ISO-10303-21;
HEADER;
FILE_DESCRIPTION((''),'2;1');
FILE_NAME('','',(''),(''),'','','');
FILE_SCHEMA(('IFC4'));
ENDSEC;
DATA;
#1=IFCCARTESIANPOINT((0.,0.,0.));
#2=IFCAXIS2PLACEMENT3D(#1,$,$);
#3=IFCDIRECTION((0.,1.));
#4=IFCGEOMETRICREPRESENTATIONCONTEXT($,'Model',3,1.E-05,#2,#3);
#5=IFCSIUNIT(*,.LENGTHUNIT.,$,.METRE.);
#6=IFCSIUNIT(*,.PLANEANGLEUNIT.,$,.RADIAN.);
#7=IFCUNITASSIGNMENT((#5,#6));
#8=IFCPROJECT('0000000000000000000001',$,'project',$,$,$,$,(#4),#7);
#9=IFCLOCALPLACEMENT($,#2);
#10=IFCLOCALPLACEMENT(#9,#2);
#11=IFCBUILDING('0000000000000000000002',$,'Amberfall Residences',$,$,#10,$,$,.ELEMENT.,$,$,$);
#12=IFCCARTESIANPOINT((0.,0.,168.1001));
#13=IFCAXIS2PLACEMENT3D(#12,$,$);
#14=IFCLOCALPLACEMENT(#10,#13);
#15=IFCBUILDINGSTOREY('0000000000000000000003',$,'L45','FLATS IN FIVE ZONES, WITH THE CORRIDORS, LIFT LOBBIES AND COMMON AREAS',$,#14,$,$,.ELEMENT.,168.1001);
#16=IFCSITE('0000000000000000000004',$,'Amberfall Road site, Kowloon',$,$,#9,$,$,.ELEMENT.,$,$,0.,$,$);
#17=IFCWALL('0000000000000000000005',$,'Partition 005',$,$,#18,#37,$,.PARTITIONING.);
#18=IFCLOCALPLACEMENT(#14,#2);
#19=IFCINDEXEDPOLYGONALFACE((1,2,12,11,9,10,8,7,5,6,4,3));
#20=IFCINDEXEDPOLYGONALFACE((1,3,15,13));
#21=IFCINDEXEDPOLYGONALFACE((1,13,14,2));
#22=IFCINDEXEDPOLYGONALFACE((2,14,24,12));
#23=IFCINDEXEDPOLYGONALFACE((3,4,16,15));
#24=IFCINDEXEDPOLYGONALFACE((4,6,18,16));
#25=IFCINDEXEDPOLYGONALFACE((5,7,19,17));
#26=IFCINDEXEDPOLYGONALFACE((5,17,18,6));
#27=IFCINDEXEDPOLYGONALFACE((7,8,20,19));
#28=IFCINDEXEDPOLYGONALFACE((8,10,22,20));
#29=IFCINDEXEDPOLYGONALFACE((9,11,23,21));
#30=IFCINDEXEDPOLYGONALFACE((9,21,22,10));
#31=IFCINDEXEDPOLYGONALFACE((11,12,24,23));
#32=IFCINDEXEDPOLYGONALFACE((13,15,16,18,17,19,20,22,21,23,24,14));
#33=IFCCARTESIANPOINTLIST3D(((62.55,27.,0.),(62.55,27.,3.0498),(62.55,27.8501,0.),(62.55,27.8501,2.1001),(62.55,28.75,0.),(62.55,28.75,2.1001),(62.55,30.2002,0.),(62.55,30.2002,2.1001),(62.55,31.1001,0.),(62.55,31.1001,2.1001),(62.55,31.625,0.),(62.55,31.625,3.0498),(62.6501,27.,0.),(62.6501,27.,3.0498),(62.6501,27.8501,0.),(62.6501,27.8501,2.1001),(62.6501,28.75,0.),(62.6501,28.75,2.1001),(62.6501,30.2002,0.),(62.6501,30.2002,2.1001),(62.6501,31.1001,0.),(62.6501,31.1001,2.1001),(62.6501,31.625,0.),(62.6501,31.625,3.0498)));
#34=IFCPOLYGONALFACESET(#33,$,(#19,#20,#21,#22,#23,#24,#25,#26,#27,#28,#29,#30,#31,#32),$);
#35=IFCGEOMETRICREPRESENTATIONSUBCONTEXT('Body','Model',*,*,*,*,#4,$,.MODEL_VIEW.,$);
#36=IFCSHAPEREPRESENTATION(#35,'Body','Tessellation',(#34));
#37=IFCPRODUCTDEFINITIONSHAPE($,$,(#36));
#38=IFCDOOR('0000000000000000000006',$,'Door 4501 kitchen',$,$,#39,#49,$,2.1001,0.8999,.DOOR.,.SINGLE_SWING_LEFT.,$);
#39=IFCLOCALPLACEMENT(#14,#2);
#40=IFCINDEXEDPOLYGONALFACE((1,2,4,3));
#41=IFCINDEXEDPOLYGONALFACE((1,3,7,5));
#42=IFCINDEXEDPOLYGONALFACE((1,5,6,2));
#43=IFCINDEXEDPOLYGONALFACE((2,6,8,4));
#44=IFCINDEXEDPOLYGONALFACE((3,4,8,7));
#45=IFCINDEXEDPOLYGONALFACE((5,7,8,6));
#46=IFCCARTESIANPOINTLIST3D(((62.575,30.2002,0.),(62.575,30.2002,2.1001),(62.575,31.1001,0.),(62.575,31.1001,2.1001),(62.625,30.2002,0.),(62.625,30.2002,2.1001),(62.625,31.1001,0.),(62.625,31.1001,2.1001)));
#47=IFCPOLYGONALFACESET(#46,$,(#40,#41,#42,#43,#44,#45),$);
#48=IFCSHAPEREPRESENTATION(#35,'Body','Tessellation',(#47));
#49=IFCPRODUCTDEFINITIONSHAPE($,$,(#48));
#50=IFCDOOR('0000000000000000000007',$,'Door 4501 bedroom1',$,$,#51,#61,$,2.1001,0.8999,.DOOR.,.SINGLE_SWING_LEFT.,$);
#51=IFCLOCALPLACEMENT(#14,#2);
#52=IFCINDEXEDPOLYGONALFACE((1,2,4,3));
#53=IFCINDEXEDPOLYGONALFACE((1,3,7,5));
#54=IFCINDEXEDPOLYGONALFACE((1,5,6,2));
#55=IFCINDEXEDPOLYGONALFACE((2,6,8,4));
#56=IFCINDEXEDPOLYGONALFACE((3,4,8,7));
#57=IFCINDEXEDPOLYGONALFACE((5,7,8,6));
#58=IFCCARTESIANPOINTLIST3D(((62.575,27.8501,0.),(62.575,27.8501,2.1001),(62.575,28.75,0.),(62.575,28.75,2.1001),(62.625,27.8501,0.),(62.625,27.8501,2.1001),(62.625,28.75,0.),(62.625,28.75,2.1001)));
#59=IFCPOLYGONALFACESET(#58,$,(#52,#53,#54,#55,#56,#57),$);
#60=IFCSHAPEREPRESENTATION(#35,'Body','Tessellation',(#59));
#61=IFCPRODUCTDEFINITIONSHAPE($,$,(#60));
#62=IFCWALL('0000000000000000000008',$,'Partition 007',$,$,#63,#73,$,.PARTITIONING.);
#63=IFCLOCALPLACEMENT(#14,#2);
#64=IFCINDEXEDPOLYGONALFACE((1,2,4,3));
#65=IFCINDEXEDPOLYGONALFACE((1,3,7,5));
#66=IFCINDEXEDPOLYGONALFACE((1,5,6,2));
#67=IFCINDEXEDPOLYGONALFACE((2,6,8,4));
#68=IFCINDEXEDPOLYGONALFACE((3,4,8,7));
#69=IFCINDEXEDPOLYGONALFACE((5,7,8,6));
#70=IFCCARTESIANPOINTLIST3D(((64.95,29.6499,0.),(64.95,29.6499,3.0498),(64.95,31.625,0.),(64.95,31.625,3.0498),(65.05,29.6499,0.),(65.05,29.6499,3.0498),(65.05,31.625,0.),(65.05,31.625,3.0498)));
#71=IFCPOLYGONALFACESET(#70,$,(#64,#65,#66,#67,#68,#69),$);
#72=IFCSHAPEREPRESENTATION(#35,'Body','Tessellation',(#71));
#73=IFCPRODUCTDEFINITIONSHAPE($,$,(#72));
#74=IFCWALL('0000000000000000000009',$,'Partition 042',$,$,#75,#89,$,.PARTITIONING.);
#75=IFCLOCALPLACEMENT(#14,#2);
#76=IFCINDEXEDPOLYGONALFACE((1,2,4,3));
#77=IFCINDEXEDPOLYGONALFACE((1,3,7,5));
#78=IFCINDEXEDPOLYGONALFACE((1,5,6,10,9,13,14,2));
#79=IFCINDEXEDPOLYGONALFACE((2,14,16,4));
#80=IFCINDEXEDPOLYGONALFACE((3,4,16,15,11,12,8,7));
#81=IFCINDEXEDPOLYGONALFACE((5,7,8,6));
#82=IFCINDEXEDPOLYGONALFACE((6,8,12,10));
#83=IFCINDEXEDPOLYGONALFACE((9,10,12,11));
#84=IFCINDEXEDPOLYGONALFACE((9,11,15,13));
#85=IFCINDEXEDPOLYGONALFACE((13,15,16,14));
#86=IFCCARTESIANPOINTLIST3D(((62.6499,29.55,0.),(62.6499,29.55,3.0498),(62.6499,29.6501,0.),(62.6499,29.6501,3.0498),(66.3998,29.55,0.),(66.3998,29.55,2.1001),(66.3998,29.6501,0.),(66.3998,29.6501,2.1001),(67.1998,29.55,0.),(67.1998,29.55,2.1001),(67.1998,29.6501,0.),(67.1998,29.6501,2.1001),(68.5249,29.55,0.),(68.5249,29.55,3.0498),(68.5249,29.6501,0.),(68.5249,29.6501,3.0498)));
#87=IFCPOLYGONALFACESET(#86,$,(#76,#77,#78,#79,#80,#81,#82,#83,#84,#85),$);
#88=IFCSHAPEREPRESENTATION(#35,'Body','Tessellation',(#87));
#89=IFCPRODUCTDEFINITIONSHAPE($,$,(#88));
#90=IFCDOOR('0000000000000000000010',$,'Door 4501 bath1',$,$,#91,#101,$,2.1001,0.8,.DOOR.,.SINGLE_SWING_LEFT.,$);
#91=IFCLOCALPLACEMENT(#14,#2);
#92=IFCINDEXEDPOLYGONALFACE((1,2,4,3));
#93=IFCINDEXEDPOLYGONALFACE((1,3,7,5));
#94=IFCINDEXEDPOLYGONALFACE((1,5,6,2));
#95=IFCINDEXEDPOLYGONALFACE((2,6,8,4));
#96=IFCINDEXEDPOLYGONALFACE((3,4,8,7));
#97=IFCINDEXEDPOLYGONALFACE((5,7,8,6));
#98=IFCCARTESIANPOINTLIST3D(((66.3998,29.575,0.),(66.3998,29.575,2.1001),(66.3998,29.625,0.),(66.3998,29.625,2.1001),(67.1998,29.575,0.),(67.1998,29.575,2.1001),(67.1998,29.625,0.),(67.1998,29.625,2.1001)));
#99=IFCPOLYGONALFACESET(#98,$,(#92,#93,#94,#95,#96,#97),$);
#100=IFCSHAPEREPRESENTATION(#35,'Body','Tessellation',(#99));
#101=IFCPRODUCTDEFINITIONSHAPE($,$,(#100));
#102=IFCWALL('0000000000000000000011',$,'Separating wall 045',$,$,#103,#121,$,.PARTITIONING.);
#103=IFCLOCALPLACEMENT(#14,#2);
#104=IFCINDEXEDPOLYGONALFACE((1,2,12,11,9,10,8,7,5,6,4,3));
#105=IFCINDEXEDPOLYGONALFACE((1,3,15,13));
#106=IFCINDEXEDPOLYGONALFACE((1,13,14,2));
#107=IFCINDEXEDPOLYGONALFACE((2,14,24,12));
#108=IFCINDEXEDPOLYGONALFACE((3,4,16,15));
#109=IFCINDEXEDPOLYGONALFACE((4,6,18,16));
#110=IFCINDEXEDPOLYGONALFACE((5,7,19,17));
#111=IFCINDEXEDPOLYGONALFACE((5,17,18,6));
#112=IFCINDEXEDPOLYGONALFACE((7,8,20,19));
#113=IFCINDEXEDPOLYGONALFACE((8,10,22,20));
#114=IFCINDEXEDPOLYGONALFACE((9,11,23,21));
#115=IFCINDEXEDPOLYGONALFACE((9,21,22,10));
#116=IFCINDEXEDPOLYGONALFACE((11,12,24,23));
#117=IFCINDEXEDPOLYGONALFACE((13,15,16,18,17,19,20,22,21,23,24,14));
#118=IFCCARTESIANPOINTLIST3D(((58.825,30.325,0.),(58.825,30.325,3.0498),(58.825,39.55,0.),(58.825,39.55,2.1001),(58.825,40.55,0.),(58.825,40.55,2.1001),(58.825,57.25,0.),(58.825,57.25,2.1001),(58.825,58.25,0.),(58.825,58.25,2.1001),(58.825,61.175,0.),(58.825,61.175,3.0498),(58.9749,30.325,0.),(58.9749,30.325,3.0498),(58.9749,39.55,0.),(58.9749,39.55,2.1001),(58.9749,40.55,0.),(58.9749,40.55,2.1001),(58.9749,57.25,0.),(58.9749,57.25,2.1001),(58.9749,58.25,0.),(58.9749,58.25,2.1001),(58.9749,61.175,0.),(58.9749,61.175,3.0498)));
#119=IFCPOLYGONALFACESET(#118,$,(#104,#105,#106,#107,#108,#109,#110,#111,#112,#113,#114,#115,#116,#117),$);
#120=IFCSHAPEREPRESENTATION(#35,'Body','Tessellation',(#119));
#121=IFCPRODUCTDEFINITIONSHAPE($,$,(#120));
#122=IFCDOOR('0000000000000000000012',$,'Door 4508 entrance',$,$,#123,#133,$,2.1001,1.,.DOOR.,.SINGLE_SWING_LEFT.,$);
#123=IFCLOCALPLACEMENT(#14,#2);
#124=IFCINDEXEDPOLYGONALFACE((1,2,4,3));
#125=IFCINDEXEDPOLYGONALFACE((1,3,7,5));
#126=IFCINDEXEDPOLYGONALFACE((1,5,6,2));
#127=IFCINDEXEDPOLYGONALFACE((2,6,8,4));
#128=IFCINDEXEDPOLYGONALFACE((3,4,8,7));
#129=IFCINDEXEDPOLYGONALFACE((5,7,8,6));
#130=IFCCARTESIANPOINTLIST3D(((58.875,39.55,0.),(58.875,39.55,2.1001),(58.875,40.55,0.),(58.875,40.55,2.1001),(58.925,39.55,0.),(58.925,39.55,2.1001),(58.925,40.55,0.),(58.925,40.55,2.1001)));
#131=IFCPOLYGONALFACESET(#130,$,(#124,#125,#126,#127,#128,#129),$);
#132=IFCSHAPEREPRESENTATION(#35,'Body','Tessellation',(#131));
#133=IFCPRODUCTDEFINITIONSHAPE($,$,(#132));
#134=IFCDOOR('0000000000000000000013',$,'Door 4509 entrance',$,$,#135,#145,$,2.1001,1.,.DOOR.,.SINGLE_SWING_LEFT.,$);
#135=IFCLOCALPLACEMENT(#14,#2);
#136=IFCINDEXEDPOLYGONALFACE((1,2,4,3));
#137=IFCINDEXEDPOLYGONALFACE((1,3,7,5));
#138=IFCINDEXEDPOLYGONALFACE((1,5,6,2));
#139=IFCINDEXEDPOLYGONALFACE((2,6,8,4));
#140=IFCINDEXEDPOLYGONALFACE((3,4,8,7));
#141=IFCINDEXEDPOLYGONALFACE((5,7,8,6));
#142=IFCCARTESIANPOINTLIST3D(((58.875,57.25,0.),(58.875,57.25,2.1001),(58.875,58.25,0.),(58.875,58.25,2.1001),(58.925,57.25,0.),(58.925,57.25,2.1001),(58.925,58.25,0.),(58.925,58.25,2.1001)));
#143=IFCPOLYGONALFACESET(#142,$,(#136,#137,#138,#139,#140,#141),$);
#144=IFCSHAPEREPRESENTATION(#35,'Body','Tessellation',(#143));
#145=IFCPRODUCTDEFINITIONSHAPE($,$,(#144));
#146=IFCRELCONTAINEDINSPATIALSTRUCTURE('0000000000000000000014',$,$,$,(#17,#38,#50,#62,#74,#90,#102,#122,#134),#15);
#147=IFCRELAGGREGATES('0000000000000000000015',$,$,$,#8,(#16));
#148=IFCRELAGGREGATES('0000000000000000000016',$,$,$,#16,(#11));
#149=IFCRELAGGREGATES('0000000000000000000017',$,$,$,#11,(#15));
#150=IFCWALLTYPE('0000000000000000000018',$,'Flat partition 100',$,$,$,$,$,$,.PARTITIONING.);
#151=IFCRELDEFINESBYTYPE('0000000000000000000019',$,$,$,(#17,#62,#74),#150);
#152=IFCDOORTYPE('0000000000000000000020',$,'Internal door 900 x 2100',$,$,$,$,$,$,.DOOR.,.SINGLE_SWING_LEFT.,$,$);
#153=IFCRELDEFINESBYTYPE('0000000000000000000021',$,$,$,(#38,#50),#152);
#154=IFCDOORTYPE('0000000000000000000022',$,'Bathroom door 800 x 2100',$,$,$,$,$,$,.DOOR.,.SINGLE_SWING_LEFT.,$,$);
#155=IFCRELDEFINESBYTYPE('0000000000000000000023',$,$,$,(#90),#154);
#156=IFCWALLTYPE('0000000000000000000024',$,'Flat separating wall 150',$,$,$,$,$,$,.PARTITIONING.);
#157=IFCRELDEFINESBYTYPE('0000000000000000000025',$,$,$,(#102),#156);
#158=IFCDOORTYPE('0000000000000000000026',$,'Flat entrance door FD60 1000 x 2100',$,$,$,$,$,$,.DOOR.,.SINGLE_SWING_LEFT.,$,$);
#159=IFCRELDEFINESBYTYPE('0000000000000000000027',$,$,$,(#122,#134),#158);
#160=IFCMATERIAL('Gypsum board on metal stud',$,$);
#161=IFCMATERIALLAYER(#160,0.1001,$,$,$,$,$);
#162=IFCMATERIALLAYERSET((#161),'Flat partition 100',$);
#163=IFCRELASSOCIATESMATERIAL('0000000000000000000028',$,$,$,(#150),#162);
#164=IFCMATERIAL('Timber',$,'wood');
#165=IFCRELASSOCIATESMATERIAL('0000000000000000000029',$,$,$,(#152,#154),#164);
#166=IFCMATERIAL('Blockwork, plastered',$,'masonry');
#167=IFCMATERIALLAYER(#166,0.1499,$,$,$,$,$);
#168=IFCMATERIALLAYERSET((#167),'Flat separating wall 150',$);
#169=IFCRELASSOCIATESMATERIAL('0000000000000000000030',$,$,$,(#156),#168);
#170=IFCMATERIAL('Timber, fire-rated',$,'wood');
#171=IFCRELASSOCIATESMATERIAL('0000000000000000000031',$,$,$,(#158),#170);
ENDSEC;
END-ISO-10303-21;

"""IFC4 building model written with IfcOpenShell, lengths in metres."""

from ifc_helpers import new_model, si_unit, direction, frame, frame_2d, origin, place, context, subcontext, project, spatial, rectangle, extrude, material, layer, layer_set, type_object, element, fill, save


model = new_model("IFC4")

# Units and contexts
model_context = context("Model", 3, precision=1e-05, world=origin(), true_north=direction((0.0, 1.0)))
body_context = subcontext(model_context, "Body", "Model", "MODEL_VIEW")
ifc_project = project(units=[si_unit("LENGTHUNIT", "METRE"), si_unit("PLANEANGLEUNIT", "RADIAN")], contexts=[model_context])

# Site, building, storey
site_placement = place(None, origin())
site = spatial("IfcSite", under=ifc_project, at=site_placement, Name="Amberfall Road site, Kowloon", CompositionType="ELEMENT", RefElevation=0.0)
building_placement = place(site_placement, origin())
building = spatial("IfcBuilding", under=site, at=building_placement, Name="Amberfall Residences", CompositionType="ELEMENT")
storey_placement = place(building_placement, frame((0.0, 0.0, 168.1001)))
storey = spatial("IfcBuildingStorey", under=building, at=storey_placement, Name="L45", Description="FLATS IN FIVE ZONES, WITH THE CORRIDORS, LIFT LOBBIES AND COMMON AREAS", CompositionType="ELEMENT", Elevation=168.1001)

# Wall, openings, doors
ifc_material_1 = material(Name="Gypsum board on metal stud")
ifc_layer_1 = layer(ifc_material_1, 0.1001)
ifc_layer_set_1 = layer_set([ifc_layer_1], Name="Flat partition 100")
wall_type_1 = type_object("IfcWallType", Name="Flat partition 100", PredefinedType="PARTITIONING", material=ifc_layer_set_1)
wall_1_placement = place(storey_placement, frame((62.6001, 31.625, 0.0), z_axis=(0.0, 0.0, 1.0), x_axis=(0.0, -1.0, 0.0)))
wall_1 = element("IfcWall", 1, at=wall_1_placement, inside=storey, type_object=wall_type_1, Name="Partition 005", PredefinedType="PARTITIONING", context=body_context, shape_type="SweptSolid", body=[
    extrude(rectangle(XDim=4.625, YDim=0.1001, at=frame_2d((2.3125, 0.0))), origin(), (0.0, 0.0, 1.0), 3.0498),
])
opening_1_placement = place(wall_1_placement, frame((0.5249, 0.0, 0.0)))
opening_1 = element("IfcOpeningElement", 2, at=opening_1_placement, cuts=wall_1, PredefinedType="OPENING", context=body_context, shape_type="SweptSolid", body=[
    extrude(rectangle(XDim=0.8999, YDim=2.1001, at=frame_2d((0.45, 1.05))), frame((0.0, 0.0601, 0.0), z_axis=(0.0, -1.0, 0.0), x_axis=(1.0, 0.0, 0.0)), (0.0, 0.0, 1.0), 0.1201),
])
opening_2_placement = place(wall_1_placement, frame((2.875, 0.0, 0.0)))
opening_2 = element("IfcOpeningElement", 3, at=opening_2_placement, cuts=wall_1, PredefinedType="OPENING", context=body_context, shape_type="SweptSolid", body=[
    extrude(rectangle(XDim=0.8999, YDim=2.1001, at=frame_2d((0.45, 1.05))), frame((0.0, 0.0601, 0.0), z_axis=(0.0, -1.0, 0.0), x_axis=(1.0, 0.0, 0.0)), (0.0, 0.0, 1.0), 0.1201),
])
ifc_material_2 = material(Name="Timber", Category="wood")
door_type_1 = type_object("IfcDoorType", Name="Internal door 900 x 2100", OperationType="SINGLE_SWING_LEFT", PredefinedType="DOOR", material=ifc_material_2)
door_1_placement = place(opening_1_placement, origin())
door_1 = element("IfcDoor", 4, at=door_1_placement, inside=storey, type_object=door_type_1, Name="Door 4501 kitchen", OperationType="SINGLE_SWING_LEFT", OverallHeight=2.1001, OverallWidth=0.8999, PredefinedType="DOOR", context=body_context, shape_type="SweptSolid", body=[
    extrude(rectangle(XDim=0.8999, YDim=2.1001, at=frame_2d((0.45, 1.05))), frame((0.0, 0.0249, 0.0), z_axis=(0.0, -1.0, 0.0), x_axis=(1.0, 0.0, 0.0)), (0.0, 0.0, 1.0), 0.05),
])
fill(opening_1, door_1)
door_2_placement = place(opening_2_placement, origin())
door_2 = element("IfcDoor", 5, at=door_2_placement, inside=storey, type_object=door_type_1, Name="Door 4501 bedroom1", OperationType="SINGLE_SWING_LEFT", OverallHeight=2.1001, OverallWidth=0.8999, PredefinedType="DOOR", context=body_context, shape_type="SweptSolid", body=[
    extrude(rectangle(XDim=0.8999, YDim=2.1001, at=frame_2d((0.45, 1.05))), frame((0.0, 0.0249, 0.0), z_axis=(0.0, -1.0, 0.0), x_axis=(1.0, 0.0, 0.0)), (0.0, 0.0, 1.0), 0.05),
])
fill(opening_2, door_2)

# Wall
wall_2_placement = place(storey_placement, frame((65.0, 29.6499, 0.0), z_axis=(0.0, 0.0, 1.0), x_axis=(0.0, 1.0, 0.0)))
element("IfcWall", 6, at=wall_2_placement, inside=storey, type_object=wall_type_1, Name="Partition 007", PredefinedType="PARTITIONING", context=body_context, shape_type="SweptSolid", body=[
    extrude(rectangle(XDim=1.9751, YDim=0.1001, at=frame_2d((0.9875, 0.0))), origin(), (0.0, 0.0, 1.0), 3.0498),
])

# Wall, opening, door
wall_3_placement = place(storey_placement, frame((62.6499, 29.6001, 0.0), z_axis=(0.0, 0.0, 1.0), x_axis=(1.0, 0.0, 0.0)))
wall_3 = element("IfcWall", 7, at=wall_3_placement, inside=storey, type_object=wall_type_1, Name="Partition 042", PredefinedType="PARTITIONING", context=body_context, shape_type="SweptSolid", body=[
    extrude(rectangle(XDim=5.875, YDim=0.1001, at=frame_2d((2.9375, 0.0))), origin(), (0.0, 0.0, 1.0), 3.0498),
])
opening_3_placement = place(wall_3_placement, frame((3.75, 0.0, 0.0)))
opening_3 = element("IfcOpeningElement", 8, at=opening_3_placement, cuts=wall_3, PredefinedType="OPENING", context=body_context, shape_type="SweptSolid", body=[
    extrude(rectangle(XDim=0.8, YDim=2.1001, at=frame_2d((0.3999, 1.05))), frame((0.0, 0.0601, 0.0), z_axis=(0.0, -1.0, 0.0), x_axis=(1.0, 0.0, 0.0)), (0.0, 0.0, 1.0), 0.1201),
])
door_type_2 = type_object("IfcDoorType", Name="Bathroom door 800 x 2100", OperationType="SINGLE_SWING_LEFT", PredefinedType="DOOR", material=ifc_material_2)
door_3_placement = place(opening_3_placement, origin())
door_3 = element("IfcDoor", 9, at=door_3_placement, inside=storey, type_object=door_type_2, Name="Door 4501 bath1", OperationType="SINGLE_SWING_LEFT", OverallHeight=2.1001, OverallWidth=0.8, PredefinedType="DOOR", context=body_context, shape_type="SweptSolid", body=[
    extrude(rectangle(XDim=0.8, YDim=2.1001, at=frame_2d((0.3999, 1.05))), frame((0.0, 0.0249, 0.0), z_axis=(0.0, -1.0, 0.0), x_axis=(1.0, 0.0, 0.0)), (0.0, 0.0, 1.0), 0.05),
])
fill(opening_3, door_3)

# Wall, openings, doors
ifc_material_3 = material(Name="Blockwork, plastered", Category="masonry")
ifc_layer_2 = layer(ifc_material_3, 0.1499)
ifc_layer_set_2 = layer_set([ifc_layer_2], Name="Flat separating wall 150")
wall_type_2 = type_object("IfcWallType", Name="Flat separating wall 150", PredefinedType="PARTITIONING", material=ifc_layer_set_2)
wall_4_placement = place(storey_placement, frame((58.8999, 30.325, 0.0), z_axis=(0.0, 0.0, 1.0), x_axis=(0.0, 1.0, 0.0)))
wall_4 = element("IfcWall", 10, at=wall_4_placement, inside=storey, type_object=wall_type_2, Name="Separating wall 045", PredefinedType="PARTITIONING", context=body_context, shape_type="SweptSolid", body=[
    extrude(rectangle(XDim=30.8501, YDim=0.1499, at=frame_2d((15.425, 0.0))), origin(), (0.0, 0.0, 1.0), 3.0498),
])
opening_4_placement = place(wall_4_placement, frame((9.2251, 0.0, 0.0)))
opening_4 = element("IfcOpeningElement", 11, at=opening_4_placement, cuts=wall_4, PredefinedType="OPENING", context=body_context, shape_type="SweptSolid", body=[
    extrude(rectangle(XDim=1.0, YDim=2.1001, at=frame_2d((0.5, 1.05))), frame((0.0, 0.085, 0.0), z_axis=(0.0, -1.0, 0.0), x_axis=(1.0, 0.0, 0.0)), (0.0, 0.0, 1.0), 0.1699),
])
opening_5_placement = place(wall_4_placement, frame((26.925, 0.0, 0.0)))
opening_5 = element("IfcOpeningElement", 12, at=opening_5_placement, cuts=wall_4, PredefinedType="OPENING", context=body_context, shape_type="SweptSolid", body=[
    extrude(rectangle(XDim=1.0, YDim=2.1001, at=frame_2d((0.5, 1.05))), frame((0.0, 0.085, 0.0), z_axis=(0.0, -1.0, 0.0), x_axis=(1.0, 0.0, 0.0)), (0.0, 0.0, 1.0), 0.1699),
])
ifc_material_4 = material(Name="Timber, fire-rated", Category="wood")
door_type_3 = type_object("IfcDoorType", Name="Flat entrance door FD60 1000 x 2100", OperationType="SINGLE_SWING_LEFT", PredefinedType="DOOR", material=ifc_material_4)
door_4_placement = place(opening_4_placement, origin())
door_4 = element("IfcDoor", 13, at=door_4_placement, inside=storey, type_object=door_type_3, Name="Door 4508 entrance", OperationType="SINGLE_SWING_LEFT", OverallHeight=2.1001, OverallWidth=1.0, PredefinedType="DOOR", context=body_context, shape_type="SweptSolid", body=[
    extrude(rectangle(XDim=1.0, YDim=2.1001, at=frame_2d((0.5, 1.05))), frame((0.0, 0.0249, 0.0), z_axis=(0.0, -1.0, 0.0), x_axis=(1.0, 0.0, 0.0)), (0.0, 0.0, 1.0), 0.05),
])
fill(opening_4, door_4)
door_5_placement = place(opening_5_placement, origin())
door_5 = element("IfcDoor", 14, at=door_5_placement, inside=storey, type_object=door_type_3, Name="Door 4509 entrance", OperationType="SINGLE_SWING_LEFT", OverallHeight=2.1001, OverallWidth=1.0, PredefinedType="DOOR", context=body_context, shape_type="SweptSolid", body=[
    extrude(rectangle(XDim=1.0, YDim=2.1001, at=frame_2d((0.5, 1.05))), frame((0.0, 0.0249, 0.0), z_axis=(0.0, -1.0, 0.0), x_axis=(1.0, 0.0, 0.0)), (0.0, 0.0, 1.0), 0.05),
])
fill(opening_5, door_5)

save(model, "model.ifc")
